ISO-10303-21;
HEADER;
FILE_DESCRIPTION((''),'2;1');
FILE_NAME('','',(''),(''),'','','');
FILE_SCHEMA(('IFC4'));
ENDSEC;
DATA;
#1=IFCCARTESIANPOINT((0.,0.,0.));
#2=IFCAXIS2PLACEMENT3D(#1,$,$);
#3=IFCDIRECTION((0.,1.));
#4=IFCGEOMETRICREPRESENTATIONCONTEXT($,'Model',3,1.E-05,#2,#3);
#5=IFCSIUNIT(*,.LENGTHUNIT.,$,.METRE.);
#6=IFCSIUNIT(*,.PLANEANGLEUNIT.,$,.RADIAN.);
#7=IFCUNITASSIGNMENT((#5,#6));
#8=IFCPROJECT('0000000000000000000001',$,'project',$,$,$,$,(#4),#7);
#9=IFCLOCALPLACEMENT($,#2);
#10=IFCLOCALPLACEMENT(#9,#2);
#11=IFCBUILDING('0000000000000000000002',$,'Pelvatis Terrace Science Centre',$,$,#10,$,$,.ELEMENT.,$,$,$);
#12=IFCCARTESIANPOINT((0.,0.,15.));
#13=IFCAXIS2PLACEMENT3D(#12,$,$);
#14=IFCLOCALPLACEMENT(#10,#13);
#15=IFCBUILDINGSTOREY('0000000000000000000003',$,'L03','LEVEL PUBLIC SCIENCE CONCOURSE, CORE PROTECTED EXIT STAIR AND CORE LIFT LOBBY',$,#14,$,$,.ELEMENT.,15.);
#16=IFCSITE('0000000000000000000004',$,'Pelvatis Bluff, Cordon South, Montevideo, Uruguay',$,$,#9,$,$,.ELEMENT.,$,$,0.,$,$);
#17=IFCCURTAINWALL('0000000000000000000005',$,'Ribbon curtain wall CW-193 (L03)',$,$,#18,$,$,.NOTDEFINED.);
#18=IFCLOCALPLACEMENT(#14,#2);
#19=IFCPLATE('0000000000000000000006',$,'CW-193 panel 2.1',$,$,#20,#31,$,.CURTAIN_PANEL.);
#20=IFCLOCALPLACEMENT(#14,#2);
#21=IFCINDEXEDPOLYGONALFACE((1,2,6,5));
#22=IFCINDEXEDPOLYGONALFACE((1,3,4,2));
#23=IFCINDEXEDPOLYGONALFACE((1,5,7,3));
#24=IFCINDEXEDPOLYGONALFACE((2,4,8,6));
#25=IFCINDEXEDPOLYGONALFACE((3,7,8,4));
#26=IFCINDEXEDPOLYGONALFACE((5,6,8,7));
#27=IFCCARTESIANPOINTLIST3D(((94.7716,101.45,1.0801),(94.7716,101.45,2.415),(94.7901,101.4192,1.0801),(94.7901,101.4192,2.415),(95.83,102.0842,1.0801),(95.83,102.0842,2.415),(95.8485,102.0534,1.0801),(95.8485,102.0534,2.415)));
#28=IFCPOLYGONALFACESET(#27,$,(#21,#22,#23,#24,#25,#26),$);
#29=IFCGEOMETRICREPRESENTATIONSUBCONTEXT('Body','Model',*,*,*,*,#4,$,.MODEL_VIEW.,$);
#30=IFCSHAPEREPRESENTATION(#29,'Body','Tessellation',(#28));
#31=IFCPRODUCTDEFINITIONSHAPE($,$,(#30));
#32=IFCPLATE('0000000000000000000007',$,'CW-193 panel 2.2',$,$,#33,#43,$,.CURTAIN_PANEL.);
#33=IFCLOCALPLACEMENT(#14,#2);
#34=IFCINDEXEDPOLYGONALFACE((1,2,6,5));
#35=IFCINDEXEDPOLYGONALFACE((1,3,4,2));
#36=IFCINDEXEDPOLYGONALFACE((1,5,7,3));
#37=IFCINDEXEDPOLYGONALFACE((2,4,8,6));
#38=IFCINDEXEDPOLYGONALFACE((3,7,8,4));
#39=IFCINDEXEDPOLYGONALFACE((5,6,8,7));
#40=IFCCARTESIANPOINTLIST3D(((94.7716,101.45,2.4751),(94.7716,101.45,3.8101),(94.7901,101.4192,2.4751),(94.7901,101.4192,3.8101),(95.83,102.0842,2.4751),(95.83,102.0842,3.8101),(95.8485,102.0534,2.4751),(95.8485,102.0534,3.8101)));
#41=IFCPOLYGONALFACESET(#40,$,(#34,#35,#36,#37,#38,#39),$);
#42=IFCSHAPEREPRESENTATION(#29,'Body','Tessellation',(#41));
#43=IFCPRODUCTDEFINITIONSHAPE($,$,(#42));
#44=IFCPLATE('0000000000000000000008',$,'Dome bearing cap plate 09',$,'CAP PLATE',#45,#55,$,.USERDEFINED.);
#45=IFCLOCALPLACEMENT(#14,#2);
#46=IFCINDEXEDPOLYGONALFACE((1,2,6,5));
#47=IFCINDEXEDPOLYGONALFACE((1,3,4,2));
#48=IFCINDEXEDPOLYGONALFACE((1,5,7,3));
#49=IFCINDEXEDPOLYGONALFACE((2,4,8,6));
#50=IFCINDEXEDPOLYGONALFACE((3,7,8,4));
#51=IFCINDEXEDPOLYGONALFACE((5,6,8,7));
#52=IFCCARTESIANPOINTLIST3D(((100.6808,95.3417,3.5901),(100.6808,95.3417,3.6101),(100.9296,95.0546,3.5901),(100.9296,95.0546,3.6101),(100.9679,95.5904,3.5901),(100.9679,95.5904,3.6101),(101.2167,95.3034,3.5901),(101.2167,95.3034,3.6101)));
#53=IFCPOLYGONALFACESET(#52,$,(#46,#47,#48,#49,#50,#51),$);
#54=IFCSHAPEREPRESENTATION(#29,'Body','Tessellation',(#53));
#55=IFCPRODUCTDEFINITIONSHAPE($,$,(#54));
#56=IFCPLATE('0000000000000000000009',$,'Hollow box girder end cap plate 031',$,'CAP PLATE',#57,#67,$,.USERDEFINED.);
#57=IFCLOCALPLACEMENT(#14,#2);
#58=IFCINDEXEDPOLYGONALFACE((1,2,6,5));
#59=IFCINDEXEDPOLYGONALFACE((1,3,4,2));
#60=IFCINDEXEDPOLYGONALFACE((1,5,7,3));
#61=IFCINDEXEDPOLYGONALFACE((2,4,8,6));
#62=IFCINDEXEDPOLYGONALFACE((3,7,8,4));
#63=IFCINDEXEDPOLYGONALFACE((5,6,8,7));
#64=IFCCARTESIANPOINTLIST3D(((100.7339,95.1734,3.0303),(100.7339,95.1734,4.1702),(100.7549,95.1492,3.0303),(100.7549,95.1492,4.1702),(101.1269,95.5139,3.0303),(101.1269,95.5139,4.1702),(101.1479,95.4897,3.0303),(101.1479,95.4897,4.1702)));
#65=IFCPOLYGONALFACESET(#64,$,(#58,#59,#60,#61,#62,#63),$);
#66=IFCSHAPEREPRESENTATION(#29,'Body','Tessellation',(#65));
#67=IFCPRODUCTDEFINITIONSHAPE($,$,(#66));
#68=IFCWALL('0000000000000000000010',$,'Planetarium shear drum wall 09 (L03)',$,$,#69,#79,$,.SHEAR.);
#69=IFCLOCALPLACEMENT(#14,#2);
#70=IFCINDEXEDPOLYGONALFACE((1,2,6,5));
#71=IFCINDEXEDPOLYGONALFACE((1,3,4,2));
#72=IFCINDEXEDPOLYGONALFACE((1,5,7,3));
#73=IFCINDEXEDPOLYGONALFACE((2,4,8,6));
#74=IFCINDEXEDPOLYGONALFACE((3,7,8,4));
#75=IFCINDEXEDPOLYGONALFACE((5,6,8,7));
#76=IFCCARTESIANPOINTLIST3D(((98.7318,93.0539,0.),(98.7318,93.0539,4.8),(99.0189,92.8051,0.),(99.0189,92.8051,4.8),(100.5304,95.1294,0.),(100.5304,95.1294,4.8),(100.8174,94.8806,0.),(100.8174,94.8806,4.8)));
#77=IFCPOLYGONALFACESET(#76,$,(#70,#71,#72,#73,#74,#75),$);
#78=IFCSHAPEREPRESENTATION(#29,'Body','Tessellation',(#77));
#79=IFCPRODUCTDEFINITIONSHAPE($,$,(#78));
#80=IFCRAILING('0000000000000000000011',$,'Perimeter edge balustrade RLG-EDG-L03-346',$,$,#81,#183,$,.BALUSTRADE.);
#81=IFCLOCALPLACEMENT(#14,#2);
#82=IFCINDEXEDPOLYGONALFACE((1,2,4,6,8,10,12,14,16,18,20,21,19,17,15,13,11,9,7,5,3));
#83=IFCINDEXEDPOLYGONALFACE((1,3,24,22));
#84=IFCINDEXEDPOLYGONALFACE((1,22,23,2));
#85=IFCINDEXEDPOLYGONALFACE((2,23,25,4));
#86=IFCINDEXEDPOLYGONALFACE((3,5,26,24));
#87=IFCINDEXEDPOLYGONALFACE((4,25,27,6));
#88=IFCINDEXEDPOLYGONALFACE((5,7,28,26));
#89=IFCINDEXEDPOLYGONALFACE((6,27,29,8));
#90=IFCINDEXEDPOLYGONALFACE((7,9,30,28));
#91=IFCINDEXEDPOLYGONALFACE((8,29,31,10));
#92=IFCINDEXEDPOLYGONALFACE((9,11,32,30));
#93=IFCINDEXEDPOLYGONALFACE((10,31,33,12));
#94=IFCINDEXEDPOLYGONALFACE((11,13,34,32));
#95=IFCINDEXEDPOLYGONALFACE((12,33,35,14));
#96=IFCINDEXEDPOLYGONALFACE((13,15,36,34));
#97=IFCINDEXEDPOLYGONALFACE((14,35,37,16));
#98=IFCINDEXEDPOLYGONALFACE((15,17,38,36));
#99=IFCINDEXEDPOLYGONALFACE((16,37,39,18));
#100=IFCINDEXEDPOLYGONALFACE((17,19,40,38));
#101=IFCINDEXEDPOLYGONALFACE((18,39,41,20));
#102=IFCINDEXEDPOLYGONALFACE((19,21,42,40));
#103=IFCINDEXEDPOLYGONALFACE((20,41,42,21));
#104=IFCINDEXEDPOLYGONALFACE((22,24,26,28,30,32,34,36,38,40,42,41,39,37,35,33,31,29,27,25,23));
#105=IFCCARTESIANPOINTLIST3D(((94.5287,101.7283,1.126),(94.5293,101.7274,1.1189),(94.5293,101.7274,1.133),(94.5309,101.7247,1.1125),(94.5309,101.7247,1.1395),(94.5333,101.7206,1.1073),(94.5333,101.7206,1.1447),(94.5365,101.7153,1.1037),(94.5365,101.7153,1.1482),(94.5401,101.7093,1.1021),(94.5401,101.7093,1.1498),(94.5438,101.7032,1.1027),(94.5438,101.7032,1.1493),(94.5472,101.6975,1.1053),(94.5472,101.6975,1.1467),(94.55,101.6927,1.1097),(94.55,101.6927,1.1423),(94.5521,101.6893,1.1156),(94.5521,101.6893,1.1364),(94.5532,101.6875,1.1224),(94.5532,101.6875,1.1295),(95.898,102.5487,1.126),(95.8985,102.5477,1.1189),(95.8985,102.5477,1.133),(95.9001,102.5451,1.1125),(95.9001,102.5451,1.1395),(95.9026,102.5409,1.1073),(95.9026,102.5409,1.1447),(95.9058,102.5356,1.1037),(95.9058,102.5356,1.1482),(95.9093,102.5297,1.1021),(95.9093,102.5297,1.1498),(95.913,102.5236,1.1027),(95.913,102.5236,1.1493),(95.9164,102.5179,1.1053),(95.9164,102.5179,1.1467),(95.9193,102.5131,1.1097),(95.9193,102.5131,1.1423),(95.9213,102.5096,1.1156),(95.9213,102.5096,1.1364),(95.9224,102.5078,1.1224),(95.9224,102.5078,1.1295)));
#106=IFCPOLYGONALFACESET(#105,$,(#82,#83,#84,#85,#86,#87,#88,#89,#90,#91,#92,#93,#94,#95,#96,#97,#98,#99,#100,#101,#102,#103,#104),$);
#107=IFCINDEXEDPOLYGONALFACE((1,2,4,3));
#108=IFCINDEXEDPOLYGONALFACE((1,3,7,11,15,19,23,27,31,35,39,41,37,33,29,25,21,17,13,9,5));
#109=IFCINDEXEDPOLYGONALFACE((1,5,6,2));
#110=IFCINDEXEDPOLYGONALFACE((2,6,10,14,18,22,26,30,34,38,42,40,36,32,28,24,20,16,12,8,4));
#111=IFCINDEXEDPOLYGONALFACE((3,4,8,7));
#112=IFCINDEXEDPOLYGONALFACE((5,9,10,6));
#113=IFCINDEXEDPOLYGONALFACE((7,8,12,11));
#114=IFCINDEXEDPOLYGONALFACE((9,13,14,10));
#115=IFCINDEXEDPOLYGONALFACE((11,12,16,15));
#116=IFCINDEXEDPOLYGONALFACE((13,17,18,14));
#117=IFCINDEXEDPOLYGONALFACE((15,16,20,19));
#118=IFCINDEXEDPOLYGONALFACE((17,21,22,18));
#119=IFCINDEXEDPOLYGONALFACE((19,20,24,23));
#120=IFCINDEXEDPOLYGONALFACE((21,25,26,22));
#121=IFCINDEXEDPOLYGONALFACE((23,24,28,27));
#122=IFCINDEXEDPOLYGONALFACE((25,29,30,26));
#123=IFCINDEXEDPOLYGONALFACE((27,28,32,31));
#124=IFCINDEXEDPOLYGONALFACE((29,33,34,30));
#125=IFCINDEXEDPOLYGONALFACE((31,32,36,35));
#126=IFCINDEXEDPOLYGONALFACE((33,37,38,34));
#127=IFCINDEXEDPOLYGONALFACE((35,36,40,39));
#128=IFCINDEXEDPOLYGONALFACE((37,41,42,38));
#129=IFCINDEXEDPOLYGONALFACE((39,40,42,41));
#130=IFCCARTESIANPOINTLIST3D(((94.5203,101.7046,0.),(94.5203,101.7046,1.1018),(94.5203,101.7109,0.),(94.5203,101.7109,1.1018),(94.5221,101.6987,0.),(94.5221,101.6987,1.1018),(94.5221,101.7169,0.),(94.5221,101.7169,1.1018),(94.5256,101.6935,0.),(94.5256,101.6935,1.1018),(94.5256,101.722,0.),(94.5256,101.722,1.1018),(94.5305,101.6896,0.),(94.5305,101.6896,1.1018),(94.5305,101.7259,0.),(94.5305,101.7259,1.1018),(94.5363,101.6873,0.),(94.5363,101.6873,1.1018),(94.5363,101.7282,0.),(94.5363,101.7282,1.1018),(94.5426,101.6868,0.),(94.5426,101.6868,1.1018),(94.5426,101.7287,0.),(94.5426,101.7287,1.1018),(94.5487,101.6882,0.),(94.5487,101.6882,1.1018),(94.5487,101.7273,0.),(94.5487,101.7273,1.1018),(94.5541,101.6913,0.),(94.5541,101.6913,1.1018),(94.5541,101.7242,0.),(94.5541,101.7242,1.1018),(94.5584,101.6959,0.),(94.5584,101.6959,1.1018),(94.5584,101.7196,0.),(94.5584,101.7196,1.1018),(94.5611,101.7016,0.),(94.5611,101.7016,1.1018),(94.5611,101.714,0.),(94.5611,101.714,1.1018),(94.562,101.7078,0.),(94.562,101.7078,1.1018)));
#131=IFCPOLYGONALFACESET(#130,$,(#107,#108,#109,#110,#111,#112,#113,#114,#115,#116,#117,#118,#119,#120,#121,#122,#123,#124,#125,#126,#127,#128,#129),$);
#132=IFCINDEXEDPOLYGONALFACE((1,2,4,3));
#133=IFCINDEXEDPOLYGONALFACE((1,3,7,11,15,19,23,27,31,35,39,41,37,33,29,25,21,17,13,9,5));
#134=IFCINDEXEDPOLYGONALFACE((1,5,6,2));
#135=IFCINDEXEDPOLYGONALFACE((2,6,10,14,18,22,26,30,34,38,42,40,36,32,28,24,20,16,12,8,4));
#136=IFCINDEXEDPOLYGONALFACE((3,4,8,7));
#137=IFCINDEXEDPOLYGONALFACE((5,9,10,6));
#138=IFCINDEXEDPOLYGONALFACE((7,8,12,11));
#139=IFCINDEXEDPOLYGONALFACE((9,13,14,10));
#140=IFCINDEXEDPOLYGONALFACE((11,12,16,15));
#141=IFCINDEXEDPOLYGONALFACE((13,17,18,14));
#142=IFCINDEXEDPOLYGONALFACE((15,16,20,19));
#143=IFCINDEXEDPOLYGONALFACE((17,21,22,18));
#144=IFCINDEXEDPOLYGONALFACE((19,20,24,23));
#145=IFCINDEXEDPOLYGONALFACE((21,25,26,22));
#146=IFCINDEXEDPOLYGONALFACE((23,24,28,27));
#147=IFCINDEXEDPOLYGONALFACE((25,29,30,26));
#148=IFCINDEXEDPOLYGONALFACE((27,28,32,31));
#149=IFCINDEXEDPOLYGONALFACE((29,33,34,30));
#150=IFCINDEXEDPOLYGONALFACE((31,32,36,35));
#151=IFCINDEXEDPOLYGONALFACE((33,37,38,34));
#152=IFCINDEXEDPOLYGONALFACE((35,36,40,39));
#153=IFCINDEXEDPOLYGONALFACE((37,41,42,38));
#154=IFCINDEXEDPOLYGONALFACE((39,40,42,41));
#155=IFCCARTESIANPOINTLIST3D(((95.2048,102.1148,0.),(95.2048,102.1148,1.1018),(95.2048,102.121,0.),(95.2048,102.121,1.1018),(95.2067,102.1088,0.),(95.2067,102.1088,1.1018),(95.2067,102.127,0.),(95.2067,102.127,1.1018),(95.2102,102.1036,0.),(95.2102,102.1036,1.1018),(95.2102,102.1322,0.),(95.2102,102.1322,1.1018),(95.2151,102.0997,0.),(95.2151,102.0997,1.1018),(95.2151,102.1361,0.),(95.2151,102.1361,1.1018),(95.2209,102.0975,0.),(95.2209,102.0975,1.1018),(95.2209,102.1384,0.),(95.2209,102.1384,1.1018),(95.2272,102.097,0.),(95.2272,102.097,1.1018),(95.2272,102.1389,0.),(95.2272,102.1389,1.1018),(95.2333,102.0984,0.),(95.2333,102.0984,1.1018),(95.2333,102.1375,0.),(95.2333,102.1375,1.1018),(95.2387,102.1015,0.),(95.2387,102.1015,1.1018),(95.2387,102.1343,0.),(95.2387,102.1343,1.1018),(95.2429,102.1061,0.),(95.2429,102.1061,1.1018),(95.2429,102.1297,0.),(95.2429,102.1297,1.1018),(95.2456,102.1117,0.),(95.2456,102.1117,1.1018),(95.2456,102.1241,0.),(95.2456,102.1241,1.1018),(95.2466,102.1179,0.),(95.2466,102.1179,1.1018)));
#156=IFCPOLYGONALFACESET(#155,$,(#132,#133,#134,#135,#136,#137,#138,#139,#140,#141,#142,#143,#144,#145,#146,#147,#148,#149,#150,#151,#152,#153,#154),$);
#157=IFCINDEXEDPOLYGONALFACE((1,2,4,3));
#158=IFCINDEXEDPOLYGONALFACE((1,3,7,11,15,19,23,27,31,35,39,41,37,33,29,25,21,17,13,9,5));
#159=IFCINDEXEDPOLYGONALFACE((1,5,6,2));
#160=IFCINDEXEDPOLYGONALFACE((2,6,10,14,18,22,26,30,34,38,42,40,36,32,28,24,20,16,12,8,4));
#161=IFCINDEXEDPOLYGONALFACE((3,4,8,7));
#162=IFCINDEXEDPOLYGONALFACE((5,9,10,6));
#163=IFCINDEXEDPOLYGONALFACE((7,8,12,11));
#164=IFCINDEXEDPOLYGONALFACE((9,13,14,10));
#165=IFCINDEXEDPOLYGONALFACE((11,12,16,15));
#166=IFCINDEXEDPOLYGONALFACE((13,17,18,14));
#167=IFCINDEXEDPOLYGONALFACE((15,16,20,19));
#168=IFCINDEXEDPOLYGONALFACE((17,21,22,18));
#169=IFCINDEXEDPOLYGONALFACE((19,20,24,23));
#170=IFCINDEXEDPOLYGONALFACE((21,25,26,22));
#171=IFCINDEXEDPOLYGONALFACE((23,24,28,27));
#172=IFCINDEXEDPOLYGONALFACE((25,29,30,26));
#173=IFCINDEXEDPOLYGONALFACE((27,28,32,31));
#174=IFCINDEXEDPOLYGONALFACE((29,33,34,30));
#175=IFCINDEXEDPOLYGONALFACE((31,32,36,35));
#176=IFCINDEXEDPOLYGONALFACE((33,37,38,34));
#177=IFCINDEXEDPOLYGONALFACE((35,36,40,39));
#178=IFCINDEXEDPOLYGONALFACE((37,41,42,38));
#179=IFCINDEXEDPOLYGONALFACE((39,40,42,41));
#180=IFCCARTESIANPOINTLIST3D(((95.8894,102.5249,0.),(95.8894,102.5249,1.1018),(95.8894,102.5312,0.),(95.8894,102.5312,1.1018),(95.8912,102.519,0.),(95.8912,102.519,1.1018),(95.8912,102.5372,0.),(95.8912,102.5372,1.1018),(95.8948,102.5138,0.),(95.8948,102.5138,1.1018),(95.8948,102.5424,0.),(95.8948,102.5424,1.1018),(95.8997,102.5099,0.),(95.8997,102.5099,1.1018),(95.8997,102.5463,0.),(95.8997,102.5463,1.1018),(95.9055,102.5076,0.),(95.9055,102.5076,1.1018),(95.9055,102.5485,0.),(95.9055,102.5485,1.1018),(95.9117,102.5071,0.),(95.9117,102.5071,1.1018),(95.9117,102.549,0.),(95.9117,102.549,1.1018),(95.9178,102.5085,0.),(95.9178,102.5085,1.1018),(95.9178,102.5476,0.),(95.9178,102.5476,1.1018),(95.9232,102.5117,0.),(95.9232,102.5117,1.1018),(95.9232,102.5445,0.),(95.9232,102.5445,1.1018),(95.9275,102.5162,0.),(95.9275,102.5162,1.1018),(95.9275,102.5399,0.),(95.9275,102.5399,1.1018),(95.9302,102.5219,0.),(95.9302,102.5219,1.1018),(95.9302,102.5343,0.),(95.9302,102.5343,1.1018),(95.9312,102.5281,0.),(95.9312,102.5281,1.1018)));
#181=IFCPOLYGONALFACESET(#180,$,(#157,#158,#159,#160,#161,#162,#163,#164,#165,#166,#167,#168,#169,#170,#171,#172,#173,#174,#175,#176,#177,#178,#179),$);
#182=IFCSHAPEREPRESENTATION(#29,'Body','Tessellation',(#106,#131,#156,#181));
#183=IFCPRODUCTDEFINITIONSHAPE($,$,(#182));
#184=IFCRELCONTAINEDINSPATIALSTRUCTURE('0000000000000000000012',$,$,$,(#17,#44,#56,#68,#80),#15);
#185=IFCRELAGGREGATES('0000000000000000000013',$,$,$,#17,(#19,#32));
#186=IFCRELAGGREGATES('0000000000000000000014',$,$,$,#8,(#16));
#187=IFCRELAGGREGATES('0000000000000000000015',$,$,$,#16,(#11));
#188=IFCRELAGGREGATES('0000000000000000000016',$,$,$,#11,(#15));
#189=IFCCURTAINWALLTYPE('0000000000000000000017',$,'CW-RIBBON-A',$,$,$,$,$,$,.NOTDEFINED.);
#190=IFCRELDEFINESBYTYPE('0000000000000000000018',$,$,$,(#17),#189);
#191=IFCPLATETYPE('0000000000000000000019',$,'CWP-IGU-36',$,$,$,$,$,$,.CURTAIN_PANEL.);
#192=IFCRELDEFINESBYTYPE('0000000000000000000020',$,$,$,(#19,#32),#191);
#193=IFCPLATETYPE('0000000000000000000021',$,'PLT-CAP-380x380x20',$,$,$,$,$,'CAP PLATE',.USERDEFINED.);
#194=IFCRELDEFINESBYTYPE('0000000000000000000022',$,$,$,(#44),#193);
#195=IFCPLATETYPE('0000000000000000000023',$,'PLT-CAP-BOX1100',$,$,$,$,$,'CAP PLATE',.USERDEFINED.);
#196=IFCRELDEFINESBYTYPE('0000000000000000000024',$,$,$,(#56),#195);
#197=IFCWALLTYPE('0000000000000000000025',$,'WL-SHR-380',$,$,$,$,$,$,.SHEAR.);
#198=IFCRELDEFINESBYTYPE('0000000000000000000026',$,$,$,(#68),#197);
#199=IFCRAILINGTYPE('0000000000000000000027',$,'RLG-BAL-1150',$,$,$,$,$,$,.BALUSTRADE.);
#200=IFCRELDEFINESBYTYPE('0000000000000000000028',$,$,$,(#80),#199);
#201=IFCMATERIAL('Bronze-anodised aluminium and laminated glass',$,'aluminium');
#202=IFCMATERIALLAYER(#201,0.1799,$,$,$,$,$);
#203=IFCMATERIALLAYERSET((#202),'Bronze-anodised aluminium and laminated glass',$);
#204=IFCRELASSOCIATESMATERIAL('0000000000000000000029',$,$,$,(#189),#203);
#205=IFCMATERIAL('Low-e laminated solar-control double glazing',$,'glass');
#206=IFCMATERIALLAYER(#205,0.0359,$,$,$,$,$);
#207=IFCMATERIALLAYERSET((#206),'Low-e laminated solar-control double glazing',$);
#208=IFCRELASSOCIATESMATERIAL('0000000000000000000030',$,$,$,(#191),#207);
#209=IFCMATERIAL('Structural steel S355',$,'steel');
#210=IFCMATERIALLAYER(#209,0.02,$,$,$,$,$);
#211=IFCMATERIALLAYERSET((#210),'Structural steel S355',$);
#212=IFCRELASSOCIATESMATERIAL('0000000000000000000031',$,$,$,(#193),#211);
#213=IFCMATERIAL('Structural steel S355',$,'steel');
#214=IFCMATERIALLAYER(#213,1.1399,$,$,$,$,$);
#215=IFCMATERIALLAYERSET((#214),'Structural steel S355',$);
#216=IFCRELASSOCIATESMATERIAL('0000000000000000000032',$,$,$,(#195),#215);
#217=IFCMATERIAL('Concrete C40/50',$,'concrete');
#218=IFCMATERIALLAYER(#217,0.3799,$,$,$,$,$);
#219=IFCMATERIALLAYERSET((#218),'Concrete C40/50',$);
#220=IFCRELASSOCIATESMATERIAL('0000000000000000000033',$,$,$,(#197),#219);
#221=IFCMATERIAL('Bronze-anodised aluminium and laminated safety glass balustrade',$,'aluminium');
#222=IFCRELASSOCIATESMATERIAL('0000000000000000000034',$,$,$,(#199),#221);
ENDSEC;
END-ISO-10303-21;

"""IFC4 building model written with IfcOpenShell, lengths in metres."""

from ifc_helpers import new_model, si_unit, direction, frame, frame_2d, origin, origin_2d, place, context, subcontext, project, spatial, rectangle, circle, extrude, material, layer, layer_set, type_object, element, aggregate, save


model = new_model("IFC4")

# Units and contexts
model_context = context("Model", 3, precision=1e-05, world=origin(), true_north=direction((0.0, 1.0)))
body_context = subcontext(model_context, "Body", "Model", "MODEL_VIEW")
ifc_project = project(units=[si_unit("LENGTHUNIT", "METRE"), si_unit("PLANEANGLEUNIT", "RADIAN")], contexts=[model_context])

# Site, building, storey
site_placement = place(None, origin())
site = spatial("IfcSite", under=ifc_project, at=site_placement, Name="Pelvatis Bluff, Cordon South, Montevideo, Uruguay", CompositionType="ELEMENT", RefElevation=0.0)
building_placement = place(site_placement, origin())
building = spatial("IfcBuilding", under=site, at=building_placement, Name="Pelvatis Terrace Science Centre", CompositionType="ELEMENT")
storey_placement = place(building_placement, frame((0.0, 0.0, 15.0)))
storey = spatial("IfcBuildingStorey", under=building, at=storey_placement, Name="L03", Description="LEVEL PUBLIC SCIENCE CONCOURSE, CORE PROTECTED EXIT STAIR AND CORE LIFT LOBBY", CompositionType="ELEMENT", Elevation=15.0)

# Curtain wall, plates
ifc_material_1 = material(Name="Bronze-anodised aluminium and laminated glass", Category="aluminium")
ifc_layer_1 = layer(ifc_material_1, 0.1799)
ifc_layer_set_1 = layer_set([ifc_layer_1], Name="Bronze-anodised aluminium and laminated glass")
curtain_wall_type = type_object("IfcCurtainWallType", Name="CW-RIBBON-A", PredefinedType="NOTDEFINED", material=ifc_layer_set_1)
curtain_wall_placement = place(storey_placement, origin())
curtain_wall = element("IfcCurtainWall", 1, at=curtain_wall_placement, inside=storey, type_object=curtain_wall_type, Name="Ribbon curtain wall CW-193 (L03)", PredefinedType="NOTDEFINED")
ifc_material_2 = material(Name="Low-e laminated solar-control double glazing", Category="glass")
ifc_layer_2 = layer(ifc_material_2, 0.0359)
ifc_layer_set_2 = layer_set([ifc_layer_2], Name="Low-e laminated solar-control double glazing")
plate_type_1 = type_object("IfcPlateType", Name="CWP-IGU-36", PredefinedType="CURTAIN_PANEL", material=ifc_layer_set_2)
plate_1_placement = place(storey_placement, frame((95.3101, 101.7517, 1.0801), z_axis=(0.0, 0.0, 1.0), x_axis=(-0.857793, -0.513996, 0.0)))
plate_1 = element("IfcPlate", 2, at=plate_1_placement, type_object=plate_type_1, Name="CW-193 panel 2.1", PredefinedType="CURTAIN_PANEL", context=body_context, shape_type="SweptSolid", body=[
    extrude(rectangle(XDim=1.2339, YDim=0.0359, at=origin_2d()), origin(), (0.0, 0.0, 1.0), 1.335),
])
plate_2_placement = place(storey_placement, frame((95.3101, 101.7517, 2.4751), z_axis=(0.0, 0.0, 1.0), x_axis=(-0.857793, -0.513996, 0.0)))
plate_2 = element("IfcPlate", 3, at=plate_2_placement, type_object=plate_type_1, Name="CW-193 panel 2.2", PredefinedType="CURTAIN_PANEL", context=body_context, shape_type="SweptSolid", body=[
    extrude(rectangle(XDim=1.2339, YDim=0.0359, at=origin_2d()), origin(), (0.0, 0.0, 1.0), 1.335),
])
aggregate(curtain_wall, [plate_1, plate_2])

# Plates
ifc_material_3 = material(Name="Structural steel S355", Category="steel")
ifc_layer_3 = layer(ifc_material_3, 0.02)
ifc_layer_set_3 = layer_set([ifc_layer_3], Name="Structural steel S355")
plate_type_2 = type_object("IfcPlateType", Name="PLT-CAP-380x380x20", ElementType="CAP PLATE", PredefinedType="USERDEFINED", material=ifc_layer_set_3)
plate_3_placement = place(storey_placement, frame((100.9487, 95.3225, 3.5901), z_axis=(0.0, 0.0, 1.0), x_axis=(-0.654873, 0.755739, 0.0)))
element("IfcPlate", 4, at=plate_3_placement, inside=storey, type_object=plate_type_2, Name="Dome bearing cap plate 09", ObjectType="CAP PLATE", PredefinedType="USERDEFINED", context=body_context, shape_type="SweptSolid", body=[
    extrude(rectangle(XDim=0.3799, YDim=0.3799, at=origin_2d()), origin(), (0.0, 0.0, 1.0), 0.02),
])
ifc_material_4 = material(Name="Structural steel S355", Category="steel")
ifc_layer_4 = layer(ifc_material_4, 1.1399)
ifc_layer_set_4 = layer_set([ifc_layer_4], Name="Structural steel S355")
plate_type_3 = type_object("IfcPlateType", Name="PLT-CAP-BOX1100", ElementType="CAP PLATE", PredefinedType="USERDEFINED", material=ifc_layer_set_4)
plate_4_placement = place(storey_placement, frame((100.9409, 95.3315, 3.0303), z_axis=(0.0, 0.0, 1.0), x_axis=(0.654873, -0.755739, 0.0)))
element("IfcPlate", 5, at=plate_4_placement, inside=storey, type_object=plate_type_3, Name="Hollow box girder end cap plate 031", ObjectType="CAP PLATE", PredefinedType="USERDEFINED", context=body_context, shape_type="SweptSolid", body=[
    extrude(rectangle(XDim=0.032, YDim=0.52, at=origin_2d()), origin(), (0.0, 0.0, 1.0), 1.1399),
])

# Wall
ifc_material_5 = material(Name="Concrete C40/50", Category="concrete")
ifc_layer_5 = layer(ifc_material_5, 0.3799)
ifc_layer_set_5 = layer_set([ifc_layer_5], Name="Concrete C40/50")
wall_type = type_object("IfcWallType", Name="WL-SHR-380", PredefinedType="SHEAR", material=ifc_layer_set_5)
wall_placement = place(storey_placement, frame((100.6738, 95.0049, 0.0), z_axis=(0.0, 0.0, 1.0), x_axis=(-0.654903, -0.755713, 0.0)))
element("IfcWall", 6, at=wall_placement, inside=storey, type_object=wall_type, Name="Planetarium shear drum wall 09 (L03)", PredefinedType="SHEAR", context=body_context, shape_type="SweptSolid", body=[
    extrude(rectangle(XDim=2.7463, YDim=0.3799, at=frame_2d((1.373, 0.0))), origin(), (0.0, 0.0, 1.0), 4.8),
])

# Railing
ifc_material_6 = material(Name="Bronze-anodised aluminium and laminated safety glass balustrade", Category="aluminium")
railing_type = type_object("IfcRailingType", Name="RLG-BAL-1150", PredefinedType="BALUSTRADE", material=ifc_material_6)
railing_1_placement = place(storey_placement, frame((94.541, 101.7078, 0.0)))
element("IfcRailing", 7, at=railing_1_placement, inside=storey, type_object=railing_type, Name="Perimeter edge balustrade RLG-EDG-L03-346", PredefinedType="BALUSTRADE", context=body_context, shape_type="SweptSolid", body=[
    extrude(circle(Radius=0.0239, at=origin_2d()), frame((0.0, 0.0, 1.126), z_axis=(0.857817, 0.513956, 0.0), x_axis=(-0.513956, 0.857817, 0.0)), (0.0, 0.0, 1.0), 1.5962),
    extrude(circle(Radius=0.021, at=origin_2d()), origin(), (0.0, 0.0, 1.0), 1.1018),
    extrude(circle(Radius=0.021, at=origin_2d()), frame((0.6846, 0.4102, 0.0)), (0.0, 0.0, 1.0), 1.1018),
    extrude(circle(Radius=0.021, at=origin_2d()), frame((1.3691, 0.8203, 0.0)), (0.0, 0.0, 1.0), 1.1018),
])

save(model, "model.ifc")
